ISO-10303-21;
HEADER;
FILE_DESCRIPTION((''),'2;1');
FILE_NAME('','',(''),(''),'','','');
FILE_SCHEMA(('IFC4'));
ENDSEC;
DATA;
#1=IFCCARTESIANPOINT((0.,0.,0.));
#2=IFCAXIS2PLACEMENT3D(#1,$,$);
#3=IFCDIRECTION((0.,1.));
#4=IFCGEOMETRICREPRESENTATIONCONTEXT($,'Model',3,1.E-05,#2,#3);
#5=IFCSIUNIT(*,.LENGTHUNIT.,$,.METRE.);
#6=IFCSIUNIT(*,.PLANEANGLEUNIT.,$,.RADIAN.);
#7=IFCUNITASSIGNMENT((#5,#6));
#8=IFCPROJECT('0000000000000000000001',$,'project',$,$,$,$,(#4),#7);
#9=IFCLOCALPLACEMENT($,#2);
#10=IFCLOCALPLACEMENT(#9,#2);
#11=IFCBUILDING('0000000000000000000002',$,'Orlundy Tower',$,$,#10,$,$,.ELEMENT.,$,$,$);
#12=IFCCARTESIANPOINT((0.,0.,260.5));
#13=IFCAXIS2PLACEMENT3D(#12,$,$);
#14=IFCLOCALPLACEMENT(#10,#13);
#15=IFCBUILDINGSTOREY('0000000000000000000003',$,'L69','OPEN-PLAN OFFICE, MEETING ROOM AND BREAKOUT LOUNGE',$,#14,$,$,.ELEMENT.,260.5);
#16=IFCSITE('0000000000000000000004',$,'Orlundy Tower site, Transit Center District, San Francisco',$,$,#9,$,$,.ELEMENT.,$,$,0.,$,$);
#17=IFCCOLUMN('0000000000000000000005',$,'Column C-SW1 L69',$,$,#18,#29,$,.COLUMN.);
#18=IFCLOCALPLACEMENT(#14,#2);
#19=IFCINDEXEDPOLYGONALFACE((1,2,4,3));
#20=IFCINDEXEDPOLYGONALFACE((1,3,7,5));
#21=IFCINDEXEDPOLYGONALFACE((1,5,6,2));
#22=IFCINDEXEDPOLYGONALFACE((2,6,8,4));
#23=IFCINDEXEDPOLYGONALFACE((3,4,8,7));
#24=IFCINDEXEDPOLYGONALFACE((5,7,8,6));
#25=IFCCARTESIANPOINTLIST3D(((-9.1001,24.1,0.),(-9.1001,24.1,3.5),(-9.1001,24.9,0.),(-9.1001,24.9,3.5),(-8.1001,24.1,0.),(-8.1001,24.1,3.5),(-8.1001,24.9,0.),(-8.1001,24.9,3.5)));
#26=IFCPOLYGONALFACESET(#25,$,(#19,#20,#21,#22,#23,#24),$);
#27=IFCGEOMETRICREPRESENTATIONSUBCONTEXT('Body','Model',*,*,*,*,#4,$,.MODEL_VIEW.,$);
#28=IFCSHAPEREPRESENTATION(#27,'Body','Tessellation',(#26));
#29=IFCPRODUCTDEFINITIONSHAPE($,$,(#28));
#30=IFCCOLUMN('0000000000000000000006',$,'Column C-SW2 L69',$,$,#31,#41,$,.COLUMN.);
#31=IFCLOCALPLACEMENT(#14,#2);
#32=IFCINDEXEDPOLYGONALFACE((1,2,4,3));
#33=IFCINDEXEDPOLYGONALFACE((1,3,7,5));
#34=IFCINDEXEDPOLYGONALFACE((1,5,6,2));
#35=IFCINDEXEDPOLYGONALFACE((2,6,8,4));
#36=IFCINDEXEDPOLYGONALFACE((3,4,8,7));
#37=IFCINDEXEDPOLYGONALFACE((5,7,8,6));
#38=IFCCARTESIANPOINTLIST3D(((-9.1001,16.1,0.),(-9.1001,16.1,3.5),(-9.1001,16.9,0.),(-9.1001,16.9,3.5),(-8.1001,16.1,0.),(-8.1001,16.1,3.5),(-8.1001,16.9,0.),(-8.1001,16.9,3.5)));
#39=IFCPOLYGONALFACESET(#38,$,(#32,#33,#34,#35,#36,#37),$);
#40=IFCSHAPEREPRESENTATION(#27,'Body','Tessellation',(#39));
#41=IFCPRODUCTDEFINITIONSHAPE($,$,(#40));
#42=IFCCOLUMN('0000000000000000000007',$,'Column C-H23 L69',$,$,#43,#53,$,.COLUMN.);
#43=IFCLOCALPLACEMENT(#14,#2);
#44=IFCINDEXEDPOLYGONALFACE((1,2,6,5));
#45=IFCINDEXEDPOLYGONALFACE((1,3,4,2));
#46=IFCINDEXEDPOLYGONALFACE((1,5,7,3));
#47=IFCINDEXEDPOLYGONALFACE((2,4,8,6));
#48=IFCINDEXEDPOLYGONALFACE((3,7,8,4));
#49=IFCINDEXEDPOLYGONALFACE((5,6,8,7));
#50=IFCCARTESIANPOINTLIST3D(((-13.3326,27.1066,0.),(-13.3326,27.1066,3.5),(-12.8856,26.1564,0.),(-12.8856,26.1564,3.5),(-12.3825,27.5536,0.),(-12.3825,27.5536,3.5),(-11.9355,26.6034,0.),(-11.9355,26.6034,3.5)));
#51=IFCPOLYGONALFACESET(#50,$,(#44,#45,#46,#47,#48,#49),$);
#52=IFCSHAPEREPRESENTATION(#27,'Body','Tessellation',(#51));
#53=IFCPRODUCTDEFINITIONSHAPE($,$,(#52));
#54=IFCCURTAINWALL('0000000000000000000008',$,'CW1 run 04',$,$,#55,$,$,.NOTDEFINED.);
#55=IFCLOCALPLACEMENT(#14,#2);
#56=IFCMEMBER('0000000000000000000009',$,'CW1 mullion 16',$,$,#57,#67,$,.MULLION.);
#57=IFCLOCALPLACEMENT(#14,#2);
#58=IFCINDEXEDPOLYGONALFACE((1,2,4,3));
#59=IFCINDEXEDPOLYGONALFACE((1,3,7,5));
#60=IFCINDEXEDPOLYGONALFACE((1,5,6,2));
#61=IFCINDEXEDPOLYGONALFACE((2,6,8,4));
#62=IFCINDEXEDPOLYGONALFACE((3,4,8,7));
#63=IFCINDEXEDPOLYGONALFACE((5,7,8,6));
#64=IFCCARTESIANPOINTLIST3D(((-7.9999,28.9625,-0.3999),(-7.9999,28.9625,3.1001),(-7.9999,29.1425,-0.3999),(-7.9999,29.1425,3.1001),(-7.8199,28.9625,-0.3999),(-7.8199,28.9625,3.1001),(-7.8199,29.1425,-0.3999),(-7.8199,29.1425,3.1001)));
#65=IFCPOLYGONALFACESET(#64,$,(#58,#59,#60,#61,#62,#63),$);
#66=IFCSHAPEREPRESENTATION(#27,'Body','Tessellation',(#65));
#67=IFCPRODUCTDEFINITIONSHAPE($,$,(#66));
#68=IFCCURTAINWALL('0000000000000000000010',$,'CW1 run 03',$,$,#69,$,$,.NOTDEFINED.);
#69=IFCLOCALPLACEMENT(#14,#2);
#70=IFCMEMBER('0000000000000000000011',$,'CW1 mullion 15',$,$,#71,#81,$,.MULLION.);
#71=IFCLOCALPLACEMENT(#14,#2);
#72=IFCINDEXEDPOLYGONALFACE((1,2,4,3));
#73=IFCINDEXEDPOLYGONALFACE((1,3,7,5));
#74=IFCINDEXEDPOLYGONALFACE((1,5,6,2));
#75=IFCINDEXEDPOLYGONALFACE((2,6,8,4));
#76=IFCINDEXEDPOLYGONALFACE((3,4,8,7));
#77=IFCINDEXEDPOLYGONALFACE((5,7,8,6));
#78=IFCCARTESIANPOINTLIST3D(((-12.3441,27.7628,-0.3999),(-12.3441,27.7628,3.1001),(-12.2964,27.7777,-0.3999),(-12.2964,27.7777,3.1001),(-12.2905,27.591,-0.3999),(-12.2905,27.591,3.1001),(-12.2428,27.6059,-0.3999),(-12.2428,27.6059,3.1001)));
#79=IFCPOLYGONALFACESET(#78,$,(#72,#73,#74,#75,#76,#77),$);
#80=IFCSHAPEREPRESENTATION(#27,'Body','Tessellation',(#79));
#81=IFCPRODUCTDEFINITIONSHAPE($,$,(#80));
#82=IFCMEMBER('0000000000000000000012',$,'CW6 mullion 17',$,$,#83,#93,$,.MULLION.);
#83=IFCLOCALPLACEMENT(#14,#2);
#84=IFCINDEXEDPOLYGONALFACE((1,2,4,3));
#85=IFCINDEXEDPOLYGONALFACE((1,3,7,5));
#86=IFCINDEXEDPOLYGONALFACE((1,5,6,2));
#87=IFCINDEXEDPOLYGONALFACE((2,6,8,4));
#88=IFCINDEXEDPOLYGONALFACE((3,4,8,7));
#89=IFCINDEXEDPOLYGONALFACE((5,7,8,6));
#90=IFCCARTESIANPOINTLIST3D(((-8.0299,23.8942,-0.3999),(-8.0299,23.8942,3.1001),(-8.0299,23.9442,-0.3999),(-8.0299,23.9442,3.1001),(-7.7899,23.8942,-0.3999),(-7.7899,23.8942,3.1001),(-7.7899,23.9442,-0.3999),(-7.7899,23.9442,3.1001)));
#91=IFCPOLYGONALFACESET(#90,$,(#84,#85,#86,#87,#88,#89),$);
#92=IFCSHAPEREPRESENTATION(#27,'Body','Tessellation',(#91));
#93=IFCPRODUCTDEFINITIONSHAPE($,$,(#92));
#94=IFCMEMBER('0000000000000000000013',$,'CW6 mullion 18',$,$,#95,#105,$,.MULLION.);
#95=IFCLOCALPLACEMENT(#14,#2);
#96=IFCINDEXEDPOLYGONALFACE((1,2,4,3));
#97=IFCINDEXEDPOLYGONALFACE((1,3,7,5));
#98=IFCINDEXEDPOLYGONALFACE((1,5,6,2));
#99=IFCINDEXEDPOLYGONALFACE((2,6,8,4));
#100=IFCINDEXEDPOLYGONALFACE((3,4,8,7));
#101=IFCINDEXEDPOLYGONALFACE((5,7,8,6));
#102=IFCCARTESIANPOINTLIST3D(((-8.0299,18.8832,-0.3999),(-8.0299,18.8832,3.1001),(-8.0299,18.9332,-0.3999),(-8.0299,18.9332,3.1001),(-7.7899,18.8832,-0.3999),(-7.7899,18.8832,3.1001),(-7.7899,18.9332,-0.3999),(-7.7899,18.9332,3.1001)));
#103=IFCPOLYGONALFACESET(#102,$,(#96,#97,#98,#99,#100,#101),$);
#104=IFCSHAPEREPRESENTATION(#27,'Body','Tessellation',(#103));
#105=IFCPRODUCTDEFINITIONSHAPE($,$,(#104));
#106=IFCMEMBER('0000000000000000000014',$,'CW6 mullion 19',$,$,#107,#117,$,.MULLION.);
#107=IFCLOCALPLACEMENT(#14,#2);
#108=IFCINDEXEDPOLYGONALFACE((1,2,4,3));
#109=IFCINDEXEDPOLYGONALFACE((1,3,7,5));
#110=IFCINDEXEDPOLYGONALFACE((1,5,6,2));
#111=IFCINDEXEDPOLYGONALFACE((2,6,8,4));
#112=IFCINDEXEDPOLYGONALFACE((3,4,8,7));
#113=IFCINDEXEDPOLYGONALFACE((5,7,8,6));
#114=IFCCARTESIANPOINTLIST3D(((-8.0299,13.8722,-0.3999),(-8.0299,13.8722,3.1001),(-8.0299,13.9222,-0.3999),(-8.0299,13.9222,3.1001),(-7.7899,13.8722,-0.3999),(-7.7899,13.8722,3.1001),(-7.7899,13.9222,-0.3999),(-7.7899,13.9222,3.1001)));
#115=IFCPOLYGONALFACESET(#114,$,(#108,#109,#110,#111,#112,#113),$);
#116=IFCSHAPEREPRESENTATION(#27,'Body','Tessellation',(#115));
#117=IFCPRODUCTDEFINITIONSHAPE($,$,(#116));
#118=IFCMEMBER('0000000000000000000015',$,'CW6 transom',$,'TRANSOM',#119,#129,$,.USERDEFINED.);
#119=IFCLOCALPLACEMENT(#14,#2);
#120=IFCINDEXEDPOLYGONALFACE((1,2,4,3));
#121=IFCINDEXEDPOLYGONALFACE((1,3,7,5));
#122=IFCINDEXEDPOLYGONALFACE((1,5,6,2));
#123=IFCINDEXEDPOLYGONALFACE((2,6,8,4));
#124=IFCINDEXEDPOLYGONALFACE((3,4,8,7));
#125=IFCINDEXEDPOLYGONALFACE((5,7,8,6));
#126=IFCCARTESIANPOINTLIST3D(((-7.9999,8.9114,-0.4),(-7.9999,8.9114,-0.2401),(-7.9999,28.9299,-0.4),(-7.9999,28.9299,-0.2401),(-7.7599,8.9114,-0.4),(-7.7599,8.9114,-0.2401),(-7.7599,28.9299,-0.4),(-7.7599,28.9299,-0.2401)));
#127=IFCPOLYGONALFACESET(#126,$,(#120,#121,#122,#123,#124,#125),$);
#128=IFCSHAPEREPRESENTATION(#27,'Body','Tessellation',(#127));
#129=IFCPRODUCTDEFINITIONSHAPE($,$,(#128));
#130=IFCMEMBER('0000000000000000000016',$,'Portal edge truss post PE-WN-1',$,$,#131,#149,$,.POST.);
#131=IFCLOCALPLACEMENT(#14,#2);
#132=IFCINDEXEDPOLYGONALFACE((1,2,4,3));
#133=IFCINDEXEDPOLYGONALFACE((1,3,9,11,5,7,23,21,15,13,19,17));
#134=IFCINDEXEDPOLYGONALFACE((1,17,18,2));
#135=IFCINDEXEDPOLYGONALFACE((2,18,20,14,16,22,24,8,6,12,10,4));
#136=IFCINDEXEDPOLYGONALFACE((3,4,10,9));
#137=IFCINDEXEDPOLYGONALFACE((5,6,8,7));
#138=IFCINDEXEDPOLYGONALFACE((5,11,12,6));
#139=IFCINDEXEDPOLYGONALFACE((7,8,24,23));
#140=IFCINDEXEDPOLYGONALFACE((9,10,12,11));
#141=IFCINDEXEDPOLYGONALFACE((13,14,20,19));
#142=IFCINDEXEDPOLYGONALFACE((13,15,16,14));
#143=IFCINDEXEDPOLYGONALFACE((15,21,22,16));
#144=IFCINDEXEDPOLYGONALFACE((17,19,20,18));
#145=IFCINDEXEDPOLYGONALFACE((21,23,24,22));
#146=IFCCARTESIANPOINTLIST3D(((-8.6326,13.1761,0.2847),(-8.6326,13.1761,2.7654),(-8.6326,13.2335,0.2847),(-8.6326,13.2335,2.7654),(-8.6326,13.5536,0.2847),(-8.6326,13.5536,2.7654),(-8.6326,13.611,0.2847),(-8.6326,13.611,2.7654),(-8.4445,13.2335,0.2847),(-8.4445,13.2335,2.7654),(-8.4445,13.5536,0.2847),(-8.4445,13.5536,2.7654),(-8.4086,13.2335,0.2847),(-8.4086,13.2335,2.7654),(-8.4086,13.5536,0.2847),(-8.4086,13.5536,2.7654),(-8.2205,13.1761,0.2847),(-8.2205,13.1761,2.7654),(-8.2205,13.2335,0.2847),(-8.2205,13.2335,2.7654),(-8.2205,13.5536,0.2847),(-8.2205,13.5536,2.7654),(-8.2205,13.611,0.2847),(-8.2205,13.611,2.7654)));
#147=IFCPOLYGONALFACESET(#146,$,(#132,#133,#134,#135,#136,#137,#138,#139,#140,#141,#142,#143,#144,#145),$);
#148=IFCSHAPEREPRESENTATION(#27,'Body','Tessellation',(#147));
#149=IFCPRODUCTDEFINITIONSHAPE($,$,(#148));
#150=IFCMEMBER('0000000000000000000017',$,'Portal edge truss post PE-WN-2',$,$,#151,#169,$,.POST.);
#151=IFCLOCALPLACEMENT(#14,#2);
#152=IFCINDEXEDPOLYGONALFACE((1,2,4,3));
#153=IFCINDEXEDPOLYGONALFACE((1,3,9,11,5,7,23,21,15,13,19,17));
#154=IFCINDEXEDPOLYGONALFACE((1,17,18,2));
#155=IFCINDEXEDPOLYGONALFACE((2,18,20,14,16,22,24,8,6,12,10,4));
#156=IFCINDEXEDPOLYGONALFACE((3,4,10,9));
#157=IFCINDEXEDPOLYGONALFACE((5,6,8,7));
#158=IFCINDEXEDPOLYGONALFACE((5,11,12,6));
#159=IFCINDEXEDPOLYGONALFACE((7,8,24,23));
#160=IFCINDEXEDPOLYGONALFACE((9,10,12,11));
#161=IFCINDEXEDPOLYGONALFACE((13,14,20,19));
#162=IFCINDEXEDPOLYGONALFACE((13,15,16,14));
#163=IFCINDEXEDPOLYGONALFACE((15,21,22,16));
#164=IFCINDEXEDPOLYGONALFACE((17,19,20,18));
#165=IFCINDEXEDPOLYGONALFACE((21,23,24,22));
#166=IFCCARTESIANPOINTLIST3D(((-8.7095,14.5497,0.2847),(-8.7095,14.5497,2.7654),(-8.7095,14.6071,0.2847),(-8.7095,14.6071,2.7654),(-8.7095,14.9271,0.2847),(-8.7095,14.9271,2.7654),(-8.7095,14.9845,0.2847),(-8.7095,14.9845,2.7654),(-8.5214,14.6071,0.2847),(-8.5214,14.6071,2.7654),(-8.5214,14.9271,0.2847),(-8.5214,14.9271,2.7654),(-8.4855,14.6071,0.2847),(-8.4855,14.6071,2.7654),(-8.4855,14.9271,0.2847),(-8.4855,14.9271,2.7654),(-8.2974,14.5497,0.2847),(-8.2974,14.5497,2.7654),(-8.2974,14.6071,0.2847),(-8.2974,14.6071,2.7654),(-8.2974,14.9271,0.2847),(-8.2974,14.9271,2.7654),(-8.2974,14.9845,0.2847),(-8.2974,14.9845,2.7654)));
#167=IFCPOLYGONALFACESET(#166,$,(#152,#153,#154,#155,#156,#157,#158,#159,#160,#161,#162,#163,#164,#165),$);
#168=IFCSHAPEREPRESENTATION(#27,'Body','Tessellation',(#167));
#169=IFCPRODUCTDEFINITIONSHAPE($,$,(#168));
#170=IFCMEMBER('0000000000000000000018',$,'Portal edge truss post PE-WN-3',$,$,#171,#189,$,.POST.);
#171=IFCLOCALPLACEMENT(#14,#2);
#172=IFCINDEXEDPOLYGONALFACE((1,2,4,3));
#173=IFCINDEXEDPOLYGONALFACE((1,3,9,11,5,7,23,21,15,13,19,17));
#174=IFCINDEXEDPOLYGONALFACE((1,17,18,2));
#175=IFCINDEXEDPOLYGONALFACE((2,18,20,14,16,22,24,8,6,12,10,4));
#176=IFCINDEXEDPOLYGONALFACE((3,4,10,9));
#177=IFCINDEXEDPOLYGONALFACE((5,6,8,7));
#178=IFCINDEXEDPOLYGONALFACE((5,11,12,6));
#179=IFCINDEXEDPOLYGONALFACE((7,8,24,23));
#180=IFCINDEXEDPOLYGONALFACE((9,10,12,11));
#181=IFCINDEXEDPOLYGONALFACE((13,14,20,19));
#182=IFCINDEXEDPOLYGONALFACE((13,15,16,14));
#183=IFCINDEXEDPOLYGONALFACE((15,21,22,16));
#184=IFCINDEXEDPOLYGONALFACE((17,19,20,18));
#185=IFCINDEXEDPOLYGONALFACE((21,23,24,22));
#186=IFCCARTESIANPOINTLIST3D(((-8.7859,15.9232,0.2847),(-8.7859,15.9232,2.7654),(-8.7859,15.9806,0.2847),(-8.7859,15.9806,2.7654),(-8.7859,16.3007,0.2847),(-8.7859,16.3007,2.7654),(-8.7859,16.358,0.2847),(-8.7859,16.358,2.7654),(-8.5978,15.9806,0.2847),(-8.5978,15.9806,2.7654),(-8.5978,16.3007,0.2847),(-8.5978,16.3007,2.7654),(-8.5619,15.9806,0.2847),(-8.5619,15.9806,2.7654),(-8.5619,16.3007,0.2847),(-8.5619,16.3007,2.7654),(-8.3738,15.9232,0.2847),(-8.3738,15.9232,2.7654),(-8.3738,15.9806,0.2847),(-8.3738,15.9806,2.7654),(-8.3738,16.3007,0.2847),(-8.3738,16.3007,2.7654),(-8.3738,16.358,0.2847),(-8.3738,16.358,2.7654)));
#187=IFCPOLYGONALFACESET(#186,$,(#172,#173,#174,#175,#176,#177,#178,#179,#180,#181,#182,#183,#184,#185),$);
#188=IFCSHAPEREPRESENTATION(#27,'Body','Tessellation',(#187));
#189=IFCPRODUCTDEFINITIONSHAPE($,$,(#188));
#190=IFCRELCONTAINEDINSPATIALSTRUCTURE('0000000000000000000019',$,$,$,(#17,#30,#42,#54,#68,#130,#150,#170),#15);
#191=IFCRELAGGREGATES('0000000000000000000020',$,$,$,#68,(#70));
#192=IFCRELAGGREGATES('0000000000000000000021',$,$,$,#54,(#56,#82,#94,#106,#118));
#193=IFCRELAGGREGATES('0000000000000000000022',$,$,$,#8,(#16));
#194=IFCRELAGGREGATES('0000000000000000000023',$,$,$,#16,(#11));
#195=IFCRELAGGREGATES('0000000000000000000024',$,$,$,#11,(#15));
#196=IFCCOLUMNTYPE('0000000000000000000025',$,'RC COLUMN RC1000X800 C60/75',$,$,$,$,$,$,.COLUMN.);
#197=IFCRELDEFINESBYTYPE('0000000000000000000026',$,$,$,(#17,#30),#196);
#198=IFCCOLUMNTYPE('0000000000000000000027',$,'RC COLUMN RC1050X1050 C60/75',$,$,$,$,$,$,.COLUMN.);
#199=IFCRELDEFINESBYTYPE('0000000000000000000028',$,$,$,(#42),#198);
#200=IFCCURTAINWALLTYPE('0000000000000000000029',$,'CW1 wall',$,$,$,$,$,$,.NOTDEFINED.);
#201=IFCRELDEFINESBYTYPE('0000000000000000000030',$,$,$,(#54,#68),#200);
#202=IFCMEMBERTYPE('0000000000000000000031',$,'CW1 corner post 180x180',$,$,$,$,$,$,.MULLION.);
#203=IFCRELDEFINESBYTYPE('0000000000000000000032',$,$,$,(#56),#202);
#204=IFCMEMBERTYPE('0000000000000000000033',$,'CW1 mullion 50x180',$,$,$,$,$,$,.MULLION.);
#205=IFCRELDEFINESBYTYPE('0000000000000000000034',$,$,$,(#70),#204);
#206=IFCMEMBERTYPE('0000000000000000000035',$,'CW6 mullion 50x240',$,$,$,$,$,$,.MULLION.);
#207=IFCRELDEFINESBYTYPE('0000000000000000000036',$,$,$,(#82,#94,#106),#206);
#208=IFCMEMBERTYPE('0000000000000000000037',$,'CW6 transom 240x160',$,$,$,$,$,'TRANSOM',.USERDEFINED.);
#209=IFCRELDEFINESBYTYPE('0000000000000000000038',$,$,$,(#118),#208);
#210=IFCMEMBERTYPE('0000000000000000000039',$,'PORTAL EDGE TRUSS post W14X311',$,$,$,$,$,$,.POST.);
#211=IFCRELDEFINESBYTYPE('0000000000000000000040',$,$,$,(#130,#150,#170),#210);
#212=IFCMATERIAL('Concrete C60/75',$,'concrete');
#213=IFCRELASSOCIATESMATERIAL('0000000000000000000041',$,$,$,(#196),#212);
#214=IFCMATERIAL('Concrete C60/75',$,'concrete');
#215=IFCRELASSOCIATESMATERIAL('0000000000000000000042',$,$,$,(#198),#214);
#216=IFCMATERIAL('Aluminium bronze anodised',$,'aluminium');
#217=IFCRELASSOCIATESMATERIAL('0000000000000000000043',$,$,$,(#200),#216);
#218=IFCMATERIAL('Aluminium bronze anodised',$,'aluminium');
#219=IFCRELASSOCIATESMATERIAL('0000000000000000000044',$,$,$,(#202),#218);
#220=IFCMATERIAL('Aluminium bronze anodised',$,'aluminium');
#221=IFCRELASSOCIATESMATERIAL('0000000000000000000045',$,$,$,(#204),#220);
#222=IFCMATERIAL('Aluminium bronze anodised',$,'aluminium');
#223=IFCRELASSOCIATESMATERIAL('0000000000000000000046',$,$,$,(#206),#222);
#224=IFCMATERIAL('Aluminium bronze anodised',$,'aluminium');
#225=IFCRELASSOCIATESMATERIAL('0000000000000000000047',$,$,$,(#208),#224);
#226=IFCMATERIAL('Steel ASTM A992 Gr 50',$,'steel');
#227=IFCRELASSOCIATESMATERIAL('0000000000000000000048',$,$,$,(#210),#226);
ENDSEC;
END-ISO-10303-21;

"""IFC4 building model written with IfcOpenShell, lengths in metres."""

from ifc_helpers import new_model, si_unit, direction, frame, origin, origin_2d, place, context, subcontext, project, spatial, rectangle, i_section, extrude, material, material_profile, profile_set, type_object, element, aggregate, save


model = new_model("IFC4")

# Units and contexts
model_context = context("Model", 3, precision=1e-05, world=origin(), true_north=direction((0.0, 1.0)))
body_context = subcontext(model_context, "Body", "Model", "MODEL_VIEW")
ifc_project = project(units=[si_unit("LENGTHUNIT", "METRE"), si_unit("PLANEANGLEUNIT", "RADIAN")], contexts=[model_context])

# Site, building, storey
site_placement = place(None, origin())
site = spatial("IfcSite", under=ifc_project, at=site_placement, Name="Orlundy Tower site, Transit Center District, San Francisco", CompositionType="ELEMENT", RefElevation=0.0)
building_placement = place(site_placement, origin())
building = spatial("IfcBuilding", under=site, at=building_placement, Name="Orlundy Tower", CompositionType="ELEMENT")
storey_placement = place(building_placement, frame((0.0, 0.0, 260.5)))
storey = spatial("IfcBuildingStorey", under=building, at=storey_placement, Name="L69", Description="OPEN-PLAN OFFICE, MEETING ROOM AND BREAKOUT LOUNGE", CompositionType="ELEMENT", Elevation=260.5)

# Columns
ifc_material_1 = material(Name="Concrete C60/75", Category="concrete")
ifc_material_profile_1 = material_profile(ifc_material_1, rectangle(XDim=1.0, YDim=0.8, at=origin_2d()), Name="RC1000X800")
ifc_profile_set_1 = profile_set([ifc_material_profile_1], Name="Concrete C60/75")
column_type_1 = type_object("IfcColumnType", Name="RC COLUMN RC1000X800 C60/75", PredefinedType="COLUMN", material=ifc_profile_set_1)
for number, where, z_axis, x_axis, name in (
    (1, (-8.6001, 24.5, 0.0), (0.0, 0.0, 1.0), (1.0, 0.0, 0.0), "Column C-SW1 L69"),
    (2, (-8.6001, 16.5, 0.0), (0.0, 0.0, 1.0), (1.0, 0.0, 0.0), "Column C-SW2 L69"),
):
    element("IfcColumn", number, at=place(storey_placement, frame(where, z_axis=z_axis, x_axis=x_axis)), inside=storey, type_object=column_type_1, Name=name, PredefinedType="COLUMN", context=body_context, shape_type="SweptSolid", body=[
        extrude(rectangle(XDim=1.0, YDim=0.8, at=origin_2d()), origin(), (0.0, 0.0, 1.0), 3.5),
    ])
ifc_material_2 = material(Name="Concrete C60/75", Category="concrete")
ifc_material_profile_2 = material_profile(ifc_material_2, rectangle(XDim=1.05, YDim=1.05, at=origin_2d()), Name="RC1050X1050")
ifc_profile_set_2 = profile_set([ifc_material_profile_2], Name="Concrete C60/75")
column_type_2 = type_object("IfcColumnType", Name="RC COLUMN RC1050X1050 C60/75", PredefinedType="COLUMN", material=ifc_profile_set_2)
column_placement = place(storey_placement, frame((-12.634, 26.855, 0.0), z_axis=(0.0, 0.0, 1.0), x_axis=(-0.4257, 0.904864, 0.0)))
element("IfcColumn", 3, at=column_placement, inside=storey, type_object=column_type_2, Name="Column C-H23 L69", PredefinedType="COLUMN", context=body_context, shape_type="SweptSolid", body=[
    extrude(rectangle(XDim=1.05, YDim=1.05, at=origin_2d()), origin(), (0.0, 0.0, 1.0), 3.5),
])

# Curtain walls, members
ifc_material_3 = material(Name="Aluminium bronze anodised", Category="aluminium")
curtain_wall_type = type_object("IfcCurtainWallType", Name="CW1 wall", PredefinedType="NOTDEFINED", material=ifc_material_3)
curtain_wall_1_placement = place(storey_placement, origin())
curtain_wall_1 = element("IfcCurtainWall", 4, at=curtain_wall_1_placement, inside=storey, type_object=curtain_wall_type, Name="CW1 run 04", PredefinedType="NOTDEFINED")
ifc_material_4 = material(Name="Aluminium bronze anodised", Category="aluminium")
ifc_material_profile_3 = material_profile(ifc_material_4, rectangle(XDim=0.1799, YDim=0.1799, at=origin_2d()), Name="CW1 corner post 180x180")
ifc_profile_set_3 = profile_set([ifc_material_profile_3], Name="Aluminium bronze anodised")
member_type_1 = type_object("IfcMemberType", Name="CW1 corner post 180x180", PredefinedType="MULLION", material=ifc_profile_set_3)
member_1_placement = place(storey_placement, frame((-7.9099, 29.0525, -0.3999), z_axis=(0.0, 0.0, 1.0), x_axis=(1.0, 0.0, 0.0)))
member_1 = element("IfcMember", 5, at=member_1_placement, type_object=member_type_1, Name="CW1 mullion 16", PredefinedType="MULLION", context=body_context, shape_type="SweptSolid", body=[
    extrude(rectangle(XDim=0.1799, YDim=0.1799, at=origin_2d()), origin(), (0.0, 0.0, 1.0), 3.5),
])
curtain_wall_2_placement = place(storey_placement, origin())
curtain_wall_2 = element("IfcCurtainWall", 6, at=curtain_wall_2_placement, inside=storey, type_object=curtain_wall_type, Name="CW1 run 03", PredefinedType="NOTDEFINED")
ifc_material_5 = material(Name="Aluminium bronze anodised", Category="aluminium")
ifc_material_profile_4 = material_profile(ifc_material_5, rectangle(XDim=0.1799, YDim=0.05, at=origin_2d()), Name="CW1 mullion 50x180")
ifc_profile_set_4 = profile_set([ifc_material_profile_4], Name="Aluminium bronze anodised")
member_type_2 = type_object("IfcMemberType", Name="CW1 mullion 50x180", PredefinedType="MULLION", material=ifc_profile_set_4)
member_2_placement = place(storey_placement, frame((-12.2935, 27.6843, -0.3999), z_axis=(0.0, 0.0, 1.0), x_axis=(-0.297935, 0.954586, 0.0)))
member_2 = element("IfcMember", 7, at=member_2_placement, type_object=member_type_2, Name="CW1 mullion 15", PredefinedType="MULLION", context=body_context, shape_type="SweptSolid", body=[
    extrude(rectangle(XDim=0.1799, YDim=0.05, at=origin_2d()), origin(), (0.0, 0.0, 1.0), 3.5),
])

# Members
ifc_material_6 = material(Name="Aluminium bronze anodised", Category="aluminium")
ifc_material_profile_5 = material_profile(ifc_material_6, rectangle(XDim=0.24, YDim=0.05, at=origin_2d()), Name="CW6 mullion 50x240")
ifc_profile_set_5 = profile_set([ifc_material_profile_5], Name="Aluminium bronze anodised")
member_type_3 = type_object("IfcMemberType", Name="CW6 mullion 50x240", PredefinedType="MULLION", material=ifc_profile_set_5)
member_3_placement = place(storey_placement, frame((-7.9099, 23.9192, -0.3999), z_axis=(0.0, 0.0, 1.0), x_axis=(1.0, 0.0, 0.0)))
member_3 = element("IfcMember", 8, at=member_3_placement, type_object=member_type_3, Name="CW6 mullion 17", PredefinedType="MULLION", context=body_context, shape_type="SweptSolid", body=[
    extrude(rectangle(XDim=0.24, YDim=0.05, at=origin_2d()), origin(), (0.0, 0.0, 1.0), 3.5),
])
member_4_placement = place(storey_placement, frame((-7.9099, 18.9082, -0.3999), z_axis=(0.0, 0.0, 1.0), x_axis=(1.0, 0.0, 0.0)))
member_4 = element("IfcMember", 9, at=member_4_placement, type_object=member_type_3, Name="CW6 mullion 18", PredefinedType="MULLION", context=body_context, shape_type="SweptSolid", body=[
    extrude(rectangle(XDim=0.24, YDim=0.05, at=origin_2d()), origin(), (0.0, 0.0, 1.0), 3.5),
])
member_5_placement = place(storey_placement, frame((-7.9099, 13.8972, -0.3999), z_axis=(0.0, 0.0, 1.0), x_axis=(1.0, 0.0, 0.0)))
member_5 = element("IfcMember", 10, at=member_5_placement, type_object=member_type_3, Name="CW6 mullion 19", PredefinedType="MULLION", context=body_context, shape_type="SweptSolid", body=[
    extrude(rectangle(XDim=0.24, YDim=0.05, at=origin_2d()), origin(), (0.0, 0.0, 1.0), 3.5),
])
ifc_material_7 = material(Name="Aluminium bronze anodised", Category="aluminium")
ifc_material_profile_6 = material_profile(ifc_material_7, rectangle(XDim=0.24, YDim=0.1599, at=origin_2d()), Name="CW6 transom 240x160")
ifc_profile_set_6 = profile_set([ifc_material_profile_6], Name="Aluminium bronze anodised")
member_type_4 = type_object("IfcMemberType", Name="CW6 transom 240x160", ElementType="TRANSOM", PredefinedType="USERDEFINED", material=ifc_profile_set_6)
member_6_placement = place(storey_placement, frame((-7.8799, 28.9299, -0.3201), z_axis=(0.0, -1.0, 0.0), x_axis=(1.0, 0.0, 0.0)))
member_6 = element("IfcMember", 11, at=member_6_placement, type_object=member_type_4, Name="CW6 transom", ObjectType="TRANSOM", PredefinedType="USERDEFINED", context=body_context, shape_type="SweptSolid", body=[
    extrude(rectangle(XDim=0.24, YDim=0.1599, at=origin_2d()), origin(), (0.0, 0.0, 1.0), 20.0186),
])

# Members
ifc_material_8 = material(Name="Steel ASTM A992 Gr 50", Category="steel")
ifc_material_profile_7 = material_profile(ifc_material_8, i_section(OverallWidth=0.4121, OverallDepth=0.4348, WebThickness=0.0359, FlangeThickness=0.0574, at=origin_2d()), Name="W14X311")
ifc_profile_set_7 = profile_set([ifc_material_profile_7], Name="Steel ASTM A992 Gr 50")
member_type_5 = type_object("IfcMemberType", Name="PORTAL EDGE TRUSS post W14X311", PredefinedType="POST", material=ifc_profile_set_7)
for number, where, z_axis, x_axis, name in (
    (12, (-8.4265, 13.3936, 0.2847), (0.0, 0.0, 1.0), (1.0, 0.0, 0.0), "Portal edge truss post PE-WN-1"),
    (13, (-8.5034, 14.7671, 0.2847), (0.0, 0.0, 1.0), (1.0, 0.0, 0.0), "Portal edge truss post PE-WN-2"),
    (14, (-8.5798, 16.1406, 0.2847), (0.0, 0.0, 1.0), (1.0, 0.0, 0.0), "Portal edge truss post PE-WN-3"),
):
    element("IfcMember", number, at=place(storey_placement, frame(where, z_axis=z_axis, x_axis=x_axis)), inside=storey, type_object=member_type_5, Name=name, PredefinedType="POST", context=body_context, shape_type="SweptSolid", body=[
        extrude(i_section(OverallWidth=0.4121, OverallDepth=0.4348, WebThickness=0.0359, FlangeThickness=0.0574, at=origin_2d()), origin(), (0.0, 0.0, 1.0), 2.4807),
    ])

aggregate(curtain_wall_2, [member_2])
aggregate(curtain_wall_1, [member_1, member_3, member_4, member_5, member_6])

save(model, "model.ifc")
